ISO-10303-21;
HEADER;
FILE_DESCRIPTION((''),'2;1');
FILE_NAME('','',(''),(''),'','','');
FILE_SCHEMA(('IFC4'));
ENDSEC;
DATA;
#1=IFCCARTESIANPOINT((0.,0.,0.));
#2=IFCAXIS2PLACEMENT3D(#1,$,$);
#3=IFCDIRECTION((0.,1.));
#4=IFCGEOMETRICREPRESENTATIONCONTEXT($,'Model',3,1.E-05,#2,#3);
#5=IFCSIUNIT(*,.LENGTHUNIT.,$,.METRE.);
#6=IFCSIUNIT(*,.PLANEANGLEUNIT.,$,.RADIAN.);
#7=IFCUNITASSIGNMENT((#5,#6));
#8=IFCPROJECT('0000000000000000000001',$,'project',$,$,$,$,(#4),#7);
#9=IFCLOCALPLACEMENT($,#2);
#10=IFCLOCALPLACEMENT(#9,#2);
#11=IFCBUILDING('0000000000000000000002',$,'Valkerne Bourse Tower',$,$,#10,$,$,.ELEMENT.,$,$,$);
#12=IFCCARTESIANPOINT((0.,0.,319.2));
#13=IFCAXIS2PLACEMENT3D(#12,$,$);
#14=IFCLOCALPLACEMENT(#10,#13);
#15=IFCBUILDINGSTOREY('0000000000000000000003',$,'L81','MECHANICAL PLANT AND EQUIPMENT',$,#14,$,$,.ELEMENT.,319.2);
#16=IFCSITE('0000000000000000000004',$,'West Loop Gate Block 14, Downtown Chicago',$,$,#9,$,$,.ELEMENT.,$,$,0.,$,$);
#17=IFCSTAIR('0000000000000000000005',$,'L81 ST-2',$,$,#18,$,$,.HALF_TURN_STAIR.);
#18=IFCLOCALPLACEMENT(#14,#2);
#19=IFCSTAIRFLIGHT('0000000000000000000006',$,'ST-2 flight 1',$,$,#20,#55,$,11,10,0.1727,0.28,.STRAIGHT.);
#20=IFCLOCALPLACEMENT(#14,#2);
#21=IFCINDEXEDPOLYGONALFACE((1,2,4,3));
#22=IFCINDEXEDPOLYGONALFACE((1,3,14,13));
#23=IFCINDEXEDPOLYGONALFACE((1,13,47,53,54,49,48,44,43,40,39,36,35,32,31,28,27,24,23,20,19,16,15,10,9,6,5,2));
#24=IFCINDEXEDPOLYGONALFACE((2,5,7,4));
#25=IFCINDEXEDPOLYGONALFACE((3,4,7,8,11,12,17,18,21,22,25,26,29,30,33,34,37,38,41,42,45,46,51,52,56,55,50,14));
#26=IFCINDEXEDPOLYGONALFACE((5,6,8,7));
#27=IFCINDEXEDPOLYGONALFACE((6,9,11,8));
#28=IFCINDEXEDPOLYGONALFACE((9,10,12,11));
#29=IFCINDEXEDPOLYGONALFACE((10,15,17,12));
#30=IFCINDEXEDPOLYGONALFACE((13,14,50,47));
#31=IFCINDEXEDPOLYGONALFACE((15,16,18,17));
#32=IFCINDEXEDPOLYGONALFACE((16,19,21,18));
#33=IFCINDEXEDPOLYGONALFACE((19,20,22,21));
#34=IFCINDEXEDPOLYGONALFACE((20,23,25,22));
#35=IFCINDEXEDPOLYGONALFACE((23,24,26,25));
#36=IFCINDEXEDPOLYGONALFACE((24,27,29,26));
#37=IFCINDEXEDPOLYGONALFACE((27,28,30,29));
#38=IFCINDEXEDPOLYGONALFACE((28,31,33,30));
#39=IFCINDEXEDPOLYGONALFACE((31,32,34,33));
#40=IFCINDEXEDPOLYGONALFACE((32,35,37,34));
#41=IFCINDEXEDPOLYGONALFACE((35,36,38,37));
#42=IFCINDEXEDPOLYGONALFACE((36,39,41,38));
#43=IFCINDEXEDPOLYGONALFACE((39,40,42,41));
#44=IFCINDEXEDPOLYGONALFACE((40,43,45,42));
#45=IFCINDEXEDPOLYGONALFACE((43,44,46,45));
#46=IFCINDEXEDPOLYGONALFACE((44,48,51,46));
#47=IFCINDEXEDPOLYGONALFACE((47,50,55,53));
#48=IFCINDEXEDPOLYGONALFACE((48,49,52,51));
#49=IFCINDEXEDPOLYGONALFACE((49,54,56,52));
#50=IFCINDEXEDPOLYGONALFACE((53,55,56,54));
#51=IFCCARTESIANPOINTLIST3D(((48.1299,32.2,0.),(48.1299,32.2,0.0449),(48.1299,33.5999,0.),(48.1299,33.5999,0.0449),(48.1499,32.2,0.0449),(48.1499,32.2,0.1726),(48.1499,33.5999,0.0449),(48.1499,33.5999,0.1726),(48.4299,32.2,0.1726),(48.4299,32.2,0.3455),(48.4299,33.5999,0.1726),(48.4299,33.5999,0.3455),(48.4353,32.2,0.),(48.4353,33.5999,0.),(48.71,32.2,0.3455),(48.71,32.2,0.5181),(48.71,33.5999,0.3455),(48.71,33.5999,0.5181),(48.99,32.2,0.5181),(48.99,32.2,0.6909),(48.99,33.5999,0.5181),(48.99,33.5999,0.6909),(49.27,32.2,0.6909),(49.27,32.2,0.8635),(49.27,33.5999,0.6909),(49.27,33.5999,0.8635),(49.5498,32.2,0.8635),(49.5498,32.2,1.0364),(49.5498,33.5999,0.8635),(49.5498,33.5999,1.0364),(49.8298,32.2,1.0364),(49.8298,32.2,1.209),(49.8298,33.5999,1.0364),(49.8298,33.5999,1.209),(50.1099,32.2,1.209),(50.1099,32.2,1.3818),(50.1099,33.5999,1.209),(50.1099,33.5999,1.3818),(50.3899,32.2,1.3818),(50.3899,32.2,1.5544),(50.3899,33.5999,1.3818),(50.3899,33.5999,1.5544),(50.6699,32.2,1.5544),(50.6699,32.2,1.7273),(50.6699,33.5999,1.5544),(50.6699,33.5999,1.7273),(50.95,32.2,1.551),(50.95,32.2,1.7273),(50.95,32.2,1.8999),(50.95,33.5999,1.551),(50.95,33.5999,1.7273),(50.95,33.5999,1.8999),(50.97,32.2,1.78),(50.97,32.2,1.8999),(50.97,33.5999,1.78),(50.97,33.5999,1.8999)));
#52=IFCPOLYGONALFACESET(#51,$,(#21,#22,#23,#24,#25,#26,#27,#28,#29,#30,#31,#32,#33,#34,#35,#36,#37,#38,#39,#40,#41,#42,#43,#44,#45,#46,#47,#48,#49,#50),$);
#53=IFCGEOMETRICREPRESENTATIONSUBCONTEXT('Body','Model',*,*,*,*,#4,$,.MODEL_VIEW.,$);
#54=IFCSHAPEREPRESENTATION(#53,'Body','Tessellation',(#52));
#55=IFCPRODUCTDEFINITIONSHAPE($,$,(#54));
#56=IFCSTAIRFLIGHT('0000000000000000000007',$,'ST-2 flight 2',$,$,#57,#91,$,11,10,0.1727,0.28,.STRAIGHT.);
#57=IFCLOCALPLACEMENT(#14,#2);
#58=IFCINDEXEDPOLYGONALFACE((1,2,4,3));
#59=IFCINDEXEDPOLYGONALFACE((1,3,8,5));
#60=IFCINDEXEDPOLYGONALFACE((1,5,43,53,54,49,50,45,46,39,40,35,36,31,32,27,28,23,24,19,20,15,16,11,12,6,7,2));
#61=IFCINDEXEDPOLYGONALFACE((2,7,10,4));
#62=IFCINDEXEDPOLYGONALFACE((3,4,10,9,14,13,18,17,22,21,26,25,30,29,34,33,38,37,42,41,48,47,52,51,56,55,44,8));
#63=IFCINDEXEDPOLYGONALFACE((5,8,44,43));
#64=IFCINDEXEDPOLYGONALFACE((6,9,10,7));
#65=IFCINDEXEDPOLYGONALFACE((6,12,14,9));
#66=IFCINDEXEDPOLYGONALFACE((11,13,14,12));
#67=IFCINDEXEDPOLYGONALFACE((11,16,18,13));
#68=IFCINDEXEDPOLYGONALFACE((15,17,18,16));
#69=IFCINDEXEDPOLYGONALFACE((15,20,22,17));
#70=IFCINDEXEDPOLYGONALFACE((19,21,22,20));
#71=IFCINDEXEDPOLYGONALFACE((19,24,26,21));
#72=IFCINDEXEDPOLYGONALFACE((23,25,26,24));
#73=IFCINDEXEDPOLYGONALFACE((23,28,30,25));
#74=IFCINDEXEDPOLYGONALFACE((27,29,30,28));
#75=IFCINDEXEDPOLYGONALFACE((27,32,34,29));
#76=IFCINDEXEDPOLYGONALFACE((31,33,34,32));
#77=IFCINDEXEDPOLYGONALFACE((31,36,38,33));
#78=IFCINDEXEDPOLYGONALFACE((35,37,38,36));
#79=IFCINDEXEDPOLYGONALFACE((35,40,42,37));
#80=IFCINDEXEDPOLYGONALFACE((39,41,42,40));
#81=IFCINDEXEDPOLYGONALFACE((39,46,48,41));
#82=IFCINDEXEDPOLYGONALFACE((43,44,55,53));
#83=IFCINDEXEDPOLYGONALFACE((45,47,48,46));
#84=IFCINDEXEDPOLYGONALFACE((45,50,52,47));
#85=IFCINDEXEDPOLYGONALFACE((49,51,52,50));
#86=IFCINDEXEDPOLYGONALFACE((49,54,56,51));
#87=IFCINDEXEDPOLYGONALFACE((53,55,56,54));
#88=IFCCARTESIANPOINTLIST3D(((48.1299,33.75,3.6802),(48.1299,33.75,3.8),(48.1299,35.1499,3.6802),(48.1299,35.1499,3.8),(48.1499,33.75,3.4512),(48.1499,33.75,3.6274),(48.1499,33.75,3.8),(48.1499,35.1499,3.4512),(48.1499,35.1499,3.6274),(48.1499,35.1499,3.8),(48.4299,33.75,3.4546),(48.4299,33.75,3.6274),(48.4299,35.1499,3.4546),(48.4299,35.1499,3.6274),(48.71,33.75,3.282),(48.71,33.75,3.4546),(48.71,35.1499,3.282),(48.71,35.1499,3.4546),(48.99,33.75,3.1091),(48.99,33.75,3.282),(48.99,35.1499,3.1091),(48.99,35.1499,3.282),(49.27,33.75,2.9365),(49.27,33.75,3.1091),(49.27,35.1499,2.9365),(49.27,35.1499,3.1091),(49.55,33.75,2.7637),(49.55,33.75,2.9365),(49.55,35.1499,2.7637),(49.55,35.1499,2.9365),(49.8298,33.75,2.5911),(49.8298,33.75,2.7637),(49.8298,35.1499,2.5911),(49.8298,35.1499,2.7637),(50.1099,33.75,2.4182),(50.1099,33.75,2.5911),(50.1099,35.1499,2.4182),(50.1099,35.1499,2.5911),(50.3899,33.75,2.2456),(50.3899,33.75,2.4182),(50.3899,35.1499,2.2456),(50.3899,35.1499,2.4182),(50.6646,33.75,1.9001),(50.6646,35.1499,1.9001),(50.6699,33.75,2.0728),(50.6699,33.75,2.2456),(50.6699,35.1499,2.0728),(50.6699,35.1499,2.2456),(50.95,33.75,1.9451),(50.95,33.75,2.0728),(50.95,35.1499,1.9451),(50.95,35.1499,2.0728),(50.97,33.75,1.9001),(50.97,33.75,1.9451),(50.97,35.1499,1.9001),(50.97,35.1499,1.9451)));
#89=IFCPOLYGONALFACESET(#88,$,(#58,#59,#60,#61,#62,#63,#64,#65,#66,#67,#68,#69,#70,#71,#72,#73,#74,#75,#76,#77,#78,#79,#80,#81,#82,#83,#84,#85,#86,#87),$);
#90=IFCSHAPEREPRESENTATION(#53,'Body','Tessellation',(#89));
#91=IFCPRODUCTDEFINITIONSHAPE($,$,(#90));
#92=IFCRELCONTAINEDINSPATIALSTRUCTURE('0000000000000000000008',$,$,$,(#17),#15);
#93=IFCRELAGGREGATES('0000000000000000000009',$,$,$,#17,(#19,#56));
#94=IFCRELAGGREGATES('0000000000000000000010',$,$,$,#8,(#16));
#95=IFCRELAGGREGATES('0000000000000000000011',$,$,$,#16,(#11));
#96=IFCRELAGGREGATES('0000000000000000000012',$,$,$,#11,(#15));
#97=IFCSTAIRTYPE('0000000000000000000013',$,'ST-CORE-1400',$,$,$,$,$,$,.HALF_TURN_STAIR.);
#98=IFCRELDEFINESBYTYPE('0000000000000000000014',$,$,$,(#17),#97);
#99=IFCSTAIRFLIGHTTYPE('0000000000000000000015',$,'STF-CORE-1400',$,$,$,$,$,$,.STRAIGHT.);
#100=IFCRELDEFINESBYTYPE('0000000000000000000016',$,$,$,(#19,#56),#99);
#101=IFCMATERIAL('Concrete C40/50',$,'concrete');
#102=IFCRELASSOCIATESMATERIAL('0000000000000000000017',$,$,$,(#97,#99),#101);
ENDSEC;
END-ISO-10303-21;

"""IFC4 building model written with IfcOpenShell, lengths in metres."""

from ifc_helpers import new_model, si_unit, direction, frame, origin, place, context, subcontext, project, spatial, polyline, outline, extrude, material, type_object, element, aggregate, save


model = new_model("IFC4")

# Units and contexts
model_context = context("Model", 3, precision=1e-05, world=origin(), true_north=direction((0.0, 1.0)))
body_context = subcontext(model_context, "Body", "Model", "MODEL_VIEW")
ifc_project = project(units=[si_unit("LENGTHUNIT", "METRE"), si_unit("PLANEANGLEUNIT", "RADIAN")], contexts=[model_context])

# Site, building, storey
site_placement = place(None, origin())
site = spatial("IfcSite", under=ifc_project, at=site_placement, Name="West Loop Gate Block 14, Downtown Chicago", CompositionType="ELEMENT", RefElevation=0.0)
building_placement = place(site_placement, origin())
building = spatial("IfcBuilding", under=site, at=building_placement, Name="Valkerne Bourse Tower", CompositionType="ELEMENT")
storey_placement = place(building_placement, frame((0.0, 0.0, 319.2)))
storey = spatial("IfcBuildingStorey", under=building, at=storey_placement, Name="L81", Description="MECHANICAL PLANT AND EQUIPMENT", CompositionType="ELEMENT", Elevation=319.2)

# Shared definitions
ifc_material_1 = material(Name="Concrete C40/50", Category="concrete")

# Stair, stair flights
stair_type = type_object("IfcStairType", Name="ST-CORE-1400", PredefinedType="HALF_TURN_STAIR", material=ifc_material_1)
stair_placement = place(storey_placement, origin())
stair = element("IfcStair", 1, at=stair_placement, inside=storey, type_object=stair_type, Name="L81 ST-2", PredefinedType="HALF_TURN_STAIR")
stair_flight_type = type_object("IfcStairFlightType", Name="STF-CORE-1400", PredefinedType="STRAIGHT", material=ifc_material_1)
stair_flight_1_placement = place(storey_placement, frame((48.1499, 32.8999, 0.0), z_axis=(0.0, 0.0, 1.0), x_axis=(1.0, 0.0, 0.0)))
stair_flight_1 = element("IfcStairFlight", 2, at=stair_flight_1_placement, type_object=stair_flight_type, Name="ST-2 flight 1", NumberOfRisers=11, NumberOfTreads=10, PredefinedType="STRAIGHT", RiserHeight=0.1727, TreadLength=0.28, context=body_context, shape_type="SweptSolid", body=[
    extrude(outline(polyline([(-0.02, 0.0), (-0.02, 0.0449), (0.0, 0.0449), (0.0, 0.1726), (0.28, 0.1726), (0.28, 0.3455), (0.5601, 0.3455), (0.5601, 0.5181), (0.8401, 0.5181), (0.8401, 0.6909), (1.1201, 0.6909), (1.1201, 0.8635), (1.3999, 0.8635), (1.3999, 1.0364), (1.6799, 1.0364), (1.6799, 1.209), (1.96, 1.209), (1.96, 1.3818), (2.24, 1.3818), (2.24, 1.5544), (2.52, 1.5544), (2.52, 1.7273), (2.8, 1.7273), (2.8, 1.8999), (2.8201, 1.8999), (2.8201, 1.78), (2.8, 1.551), (0.2854, 0.0), (-0.02, 0.0)])), frame((0.0, 0.7, 0.0), z_axis=(0.0, -1.0, 0.0), x_axis=(1.0, 0.0, 0.0)), (0.0, 0.0, 1.0), 1.3999),
])
stair_flight_2_placement = place(storey_placement, frame((50.95, 34.45, 1.9001), z_axis=(0.0, 0.0, 1.0), x_axis=(-1.0, 0.0, 0.0)))
stair_flight_2 = element("IfcStairFlight", 3, at=stair_flight_2_placement, type_object=stair_flight_type, Name="ST-2 flight 2", NumberOfRisers=11, NumberOfTreads=10, PredefinedType="STRAIGHT", RiserHeight=0.1727, TreadLength=0.28, context=body_context, shape_type="SweptSolid", body=[
    extrude(outline(polyline([(-0.02, 0.0), (-0.02, 0.0449), (0.0, 0.0449), (0.0, 0.1726), (0.28, 0.1726), (0.28, 0.3455), (0.5601, 0.3455), (0.5601, 0.5181), (0.8401, 0.5181), (0.8401, 0.6909), (1.1201, 0.6909), (1.1201, 0.8635), (1.3999, 0.8635), (1.3999, 1.0364), (1.6799, 1.0364), (1.6799, 1.209), (1.96, 1.209), (1.96, 1.3818), (2.24, 1.3818), (2.24, 1.5544), (2.52, 1.5544), (2.52, 1.7273), (2.8, 1.7273), (2.8, 1.8999), (2.8201, 1.8999), (2.8201, 1.78), (2.8, 1.551), (0.2854, 0.0), (-0.02, 0.0)])), frame((0.0, 0.7, 0.0), z_axis=(0.0, -1.0, 0.0), x_axis=(1.0, 0.0, 0.0)), (0.0, 0.0, 1.0), 1.3999),
])
aggregate(stair, [stair_flight_1, stair_flight_2])

save(model, "model.ifc")
